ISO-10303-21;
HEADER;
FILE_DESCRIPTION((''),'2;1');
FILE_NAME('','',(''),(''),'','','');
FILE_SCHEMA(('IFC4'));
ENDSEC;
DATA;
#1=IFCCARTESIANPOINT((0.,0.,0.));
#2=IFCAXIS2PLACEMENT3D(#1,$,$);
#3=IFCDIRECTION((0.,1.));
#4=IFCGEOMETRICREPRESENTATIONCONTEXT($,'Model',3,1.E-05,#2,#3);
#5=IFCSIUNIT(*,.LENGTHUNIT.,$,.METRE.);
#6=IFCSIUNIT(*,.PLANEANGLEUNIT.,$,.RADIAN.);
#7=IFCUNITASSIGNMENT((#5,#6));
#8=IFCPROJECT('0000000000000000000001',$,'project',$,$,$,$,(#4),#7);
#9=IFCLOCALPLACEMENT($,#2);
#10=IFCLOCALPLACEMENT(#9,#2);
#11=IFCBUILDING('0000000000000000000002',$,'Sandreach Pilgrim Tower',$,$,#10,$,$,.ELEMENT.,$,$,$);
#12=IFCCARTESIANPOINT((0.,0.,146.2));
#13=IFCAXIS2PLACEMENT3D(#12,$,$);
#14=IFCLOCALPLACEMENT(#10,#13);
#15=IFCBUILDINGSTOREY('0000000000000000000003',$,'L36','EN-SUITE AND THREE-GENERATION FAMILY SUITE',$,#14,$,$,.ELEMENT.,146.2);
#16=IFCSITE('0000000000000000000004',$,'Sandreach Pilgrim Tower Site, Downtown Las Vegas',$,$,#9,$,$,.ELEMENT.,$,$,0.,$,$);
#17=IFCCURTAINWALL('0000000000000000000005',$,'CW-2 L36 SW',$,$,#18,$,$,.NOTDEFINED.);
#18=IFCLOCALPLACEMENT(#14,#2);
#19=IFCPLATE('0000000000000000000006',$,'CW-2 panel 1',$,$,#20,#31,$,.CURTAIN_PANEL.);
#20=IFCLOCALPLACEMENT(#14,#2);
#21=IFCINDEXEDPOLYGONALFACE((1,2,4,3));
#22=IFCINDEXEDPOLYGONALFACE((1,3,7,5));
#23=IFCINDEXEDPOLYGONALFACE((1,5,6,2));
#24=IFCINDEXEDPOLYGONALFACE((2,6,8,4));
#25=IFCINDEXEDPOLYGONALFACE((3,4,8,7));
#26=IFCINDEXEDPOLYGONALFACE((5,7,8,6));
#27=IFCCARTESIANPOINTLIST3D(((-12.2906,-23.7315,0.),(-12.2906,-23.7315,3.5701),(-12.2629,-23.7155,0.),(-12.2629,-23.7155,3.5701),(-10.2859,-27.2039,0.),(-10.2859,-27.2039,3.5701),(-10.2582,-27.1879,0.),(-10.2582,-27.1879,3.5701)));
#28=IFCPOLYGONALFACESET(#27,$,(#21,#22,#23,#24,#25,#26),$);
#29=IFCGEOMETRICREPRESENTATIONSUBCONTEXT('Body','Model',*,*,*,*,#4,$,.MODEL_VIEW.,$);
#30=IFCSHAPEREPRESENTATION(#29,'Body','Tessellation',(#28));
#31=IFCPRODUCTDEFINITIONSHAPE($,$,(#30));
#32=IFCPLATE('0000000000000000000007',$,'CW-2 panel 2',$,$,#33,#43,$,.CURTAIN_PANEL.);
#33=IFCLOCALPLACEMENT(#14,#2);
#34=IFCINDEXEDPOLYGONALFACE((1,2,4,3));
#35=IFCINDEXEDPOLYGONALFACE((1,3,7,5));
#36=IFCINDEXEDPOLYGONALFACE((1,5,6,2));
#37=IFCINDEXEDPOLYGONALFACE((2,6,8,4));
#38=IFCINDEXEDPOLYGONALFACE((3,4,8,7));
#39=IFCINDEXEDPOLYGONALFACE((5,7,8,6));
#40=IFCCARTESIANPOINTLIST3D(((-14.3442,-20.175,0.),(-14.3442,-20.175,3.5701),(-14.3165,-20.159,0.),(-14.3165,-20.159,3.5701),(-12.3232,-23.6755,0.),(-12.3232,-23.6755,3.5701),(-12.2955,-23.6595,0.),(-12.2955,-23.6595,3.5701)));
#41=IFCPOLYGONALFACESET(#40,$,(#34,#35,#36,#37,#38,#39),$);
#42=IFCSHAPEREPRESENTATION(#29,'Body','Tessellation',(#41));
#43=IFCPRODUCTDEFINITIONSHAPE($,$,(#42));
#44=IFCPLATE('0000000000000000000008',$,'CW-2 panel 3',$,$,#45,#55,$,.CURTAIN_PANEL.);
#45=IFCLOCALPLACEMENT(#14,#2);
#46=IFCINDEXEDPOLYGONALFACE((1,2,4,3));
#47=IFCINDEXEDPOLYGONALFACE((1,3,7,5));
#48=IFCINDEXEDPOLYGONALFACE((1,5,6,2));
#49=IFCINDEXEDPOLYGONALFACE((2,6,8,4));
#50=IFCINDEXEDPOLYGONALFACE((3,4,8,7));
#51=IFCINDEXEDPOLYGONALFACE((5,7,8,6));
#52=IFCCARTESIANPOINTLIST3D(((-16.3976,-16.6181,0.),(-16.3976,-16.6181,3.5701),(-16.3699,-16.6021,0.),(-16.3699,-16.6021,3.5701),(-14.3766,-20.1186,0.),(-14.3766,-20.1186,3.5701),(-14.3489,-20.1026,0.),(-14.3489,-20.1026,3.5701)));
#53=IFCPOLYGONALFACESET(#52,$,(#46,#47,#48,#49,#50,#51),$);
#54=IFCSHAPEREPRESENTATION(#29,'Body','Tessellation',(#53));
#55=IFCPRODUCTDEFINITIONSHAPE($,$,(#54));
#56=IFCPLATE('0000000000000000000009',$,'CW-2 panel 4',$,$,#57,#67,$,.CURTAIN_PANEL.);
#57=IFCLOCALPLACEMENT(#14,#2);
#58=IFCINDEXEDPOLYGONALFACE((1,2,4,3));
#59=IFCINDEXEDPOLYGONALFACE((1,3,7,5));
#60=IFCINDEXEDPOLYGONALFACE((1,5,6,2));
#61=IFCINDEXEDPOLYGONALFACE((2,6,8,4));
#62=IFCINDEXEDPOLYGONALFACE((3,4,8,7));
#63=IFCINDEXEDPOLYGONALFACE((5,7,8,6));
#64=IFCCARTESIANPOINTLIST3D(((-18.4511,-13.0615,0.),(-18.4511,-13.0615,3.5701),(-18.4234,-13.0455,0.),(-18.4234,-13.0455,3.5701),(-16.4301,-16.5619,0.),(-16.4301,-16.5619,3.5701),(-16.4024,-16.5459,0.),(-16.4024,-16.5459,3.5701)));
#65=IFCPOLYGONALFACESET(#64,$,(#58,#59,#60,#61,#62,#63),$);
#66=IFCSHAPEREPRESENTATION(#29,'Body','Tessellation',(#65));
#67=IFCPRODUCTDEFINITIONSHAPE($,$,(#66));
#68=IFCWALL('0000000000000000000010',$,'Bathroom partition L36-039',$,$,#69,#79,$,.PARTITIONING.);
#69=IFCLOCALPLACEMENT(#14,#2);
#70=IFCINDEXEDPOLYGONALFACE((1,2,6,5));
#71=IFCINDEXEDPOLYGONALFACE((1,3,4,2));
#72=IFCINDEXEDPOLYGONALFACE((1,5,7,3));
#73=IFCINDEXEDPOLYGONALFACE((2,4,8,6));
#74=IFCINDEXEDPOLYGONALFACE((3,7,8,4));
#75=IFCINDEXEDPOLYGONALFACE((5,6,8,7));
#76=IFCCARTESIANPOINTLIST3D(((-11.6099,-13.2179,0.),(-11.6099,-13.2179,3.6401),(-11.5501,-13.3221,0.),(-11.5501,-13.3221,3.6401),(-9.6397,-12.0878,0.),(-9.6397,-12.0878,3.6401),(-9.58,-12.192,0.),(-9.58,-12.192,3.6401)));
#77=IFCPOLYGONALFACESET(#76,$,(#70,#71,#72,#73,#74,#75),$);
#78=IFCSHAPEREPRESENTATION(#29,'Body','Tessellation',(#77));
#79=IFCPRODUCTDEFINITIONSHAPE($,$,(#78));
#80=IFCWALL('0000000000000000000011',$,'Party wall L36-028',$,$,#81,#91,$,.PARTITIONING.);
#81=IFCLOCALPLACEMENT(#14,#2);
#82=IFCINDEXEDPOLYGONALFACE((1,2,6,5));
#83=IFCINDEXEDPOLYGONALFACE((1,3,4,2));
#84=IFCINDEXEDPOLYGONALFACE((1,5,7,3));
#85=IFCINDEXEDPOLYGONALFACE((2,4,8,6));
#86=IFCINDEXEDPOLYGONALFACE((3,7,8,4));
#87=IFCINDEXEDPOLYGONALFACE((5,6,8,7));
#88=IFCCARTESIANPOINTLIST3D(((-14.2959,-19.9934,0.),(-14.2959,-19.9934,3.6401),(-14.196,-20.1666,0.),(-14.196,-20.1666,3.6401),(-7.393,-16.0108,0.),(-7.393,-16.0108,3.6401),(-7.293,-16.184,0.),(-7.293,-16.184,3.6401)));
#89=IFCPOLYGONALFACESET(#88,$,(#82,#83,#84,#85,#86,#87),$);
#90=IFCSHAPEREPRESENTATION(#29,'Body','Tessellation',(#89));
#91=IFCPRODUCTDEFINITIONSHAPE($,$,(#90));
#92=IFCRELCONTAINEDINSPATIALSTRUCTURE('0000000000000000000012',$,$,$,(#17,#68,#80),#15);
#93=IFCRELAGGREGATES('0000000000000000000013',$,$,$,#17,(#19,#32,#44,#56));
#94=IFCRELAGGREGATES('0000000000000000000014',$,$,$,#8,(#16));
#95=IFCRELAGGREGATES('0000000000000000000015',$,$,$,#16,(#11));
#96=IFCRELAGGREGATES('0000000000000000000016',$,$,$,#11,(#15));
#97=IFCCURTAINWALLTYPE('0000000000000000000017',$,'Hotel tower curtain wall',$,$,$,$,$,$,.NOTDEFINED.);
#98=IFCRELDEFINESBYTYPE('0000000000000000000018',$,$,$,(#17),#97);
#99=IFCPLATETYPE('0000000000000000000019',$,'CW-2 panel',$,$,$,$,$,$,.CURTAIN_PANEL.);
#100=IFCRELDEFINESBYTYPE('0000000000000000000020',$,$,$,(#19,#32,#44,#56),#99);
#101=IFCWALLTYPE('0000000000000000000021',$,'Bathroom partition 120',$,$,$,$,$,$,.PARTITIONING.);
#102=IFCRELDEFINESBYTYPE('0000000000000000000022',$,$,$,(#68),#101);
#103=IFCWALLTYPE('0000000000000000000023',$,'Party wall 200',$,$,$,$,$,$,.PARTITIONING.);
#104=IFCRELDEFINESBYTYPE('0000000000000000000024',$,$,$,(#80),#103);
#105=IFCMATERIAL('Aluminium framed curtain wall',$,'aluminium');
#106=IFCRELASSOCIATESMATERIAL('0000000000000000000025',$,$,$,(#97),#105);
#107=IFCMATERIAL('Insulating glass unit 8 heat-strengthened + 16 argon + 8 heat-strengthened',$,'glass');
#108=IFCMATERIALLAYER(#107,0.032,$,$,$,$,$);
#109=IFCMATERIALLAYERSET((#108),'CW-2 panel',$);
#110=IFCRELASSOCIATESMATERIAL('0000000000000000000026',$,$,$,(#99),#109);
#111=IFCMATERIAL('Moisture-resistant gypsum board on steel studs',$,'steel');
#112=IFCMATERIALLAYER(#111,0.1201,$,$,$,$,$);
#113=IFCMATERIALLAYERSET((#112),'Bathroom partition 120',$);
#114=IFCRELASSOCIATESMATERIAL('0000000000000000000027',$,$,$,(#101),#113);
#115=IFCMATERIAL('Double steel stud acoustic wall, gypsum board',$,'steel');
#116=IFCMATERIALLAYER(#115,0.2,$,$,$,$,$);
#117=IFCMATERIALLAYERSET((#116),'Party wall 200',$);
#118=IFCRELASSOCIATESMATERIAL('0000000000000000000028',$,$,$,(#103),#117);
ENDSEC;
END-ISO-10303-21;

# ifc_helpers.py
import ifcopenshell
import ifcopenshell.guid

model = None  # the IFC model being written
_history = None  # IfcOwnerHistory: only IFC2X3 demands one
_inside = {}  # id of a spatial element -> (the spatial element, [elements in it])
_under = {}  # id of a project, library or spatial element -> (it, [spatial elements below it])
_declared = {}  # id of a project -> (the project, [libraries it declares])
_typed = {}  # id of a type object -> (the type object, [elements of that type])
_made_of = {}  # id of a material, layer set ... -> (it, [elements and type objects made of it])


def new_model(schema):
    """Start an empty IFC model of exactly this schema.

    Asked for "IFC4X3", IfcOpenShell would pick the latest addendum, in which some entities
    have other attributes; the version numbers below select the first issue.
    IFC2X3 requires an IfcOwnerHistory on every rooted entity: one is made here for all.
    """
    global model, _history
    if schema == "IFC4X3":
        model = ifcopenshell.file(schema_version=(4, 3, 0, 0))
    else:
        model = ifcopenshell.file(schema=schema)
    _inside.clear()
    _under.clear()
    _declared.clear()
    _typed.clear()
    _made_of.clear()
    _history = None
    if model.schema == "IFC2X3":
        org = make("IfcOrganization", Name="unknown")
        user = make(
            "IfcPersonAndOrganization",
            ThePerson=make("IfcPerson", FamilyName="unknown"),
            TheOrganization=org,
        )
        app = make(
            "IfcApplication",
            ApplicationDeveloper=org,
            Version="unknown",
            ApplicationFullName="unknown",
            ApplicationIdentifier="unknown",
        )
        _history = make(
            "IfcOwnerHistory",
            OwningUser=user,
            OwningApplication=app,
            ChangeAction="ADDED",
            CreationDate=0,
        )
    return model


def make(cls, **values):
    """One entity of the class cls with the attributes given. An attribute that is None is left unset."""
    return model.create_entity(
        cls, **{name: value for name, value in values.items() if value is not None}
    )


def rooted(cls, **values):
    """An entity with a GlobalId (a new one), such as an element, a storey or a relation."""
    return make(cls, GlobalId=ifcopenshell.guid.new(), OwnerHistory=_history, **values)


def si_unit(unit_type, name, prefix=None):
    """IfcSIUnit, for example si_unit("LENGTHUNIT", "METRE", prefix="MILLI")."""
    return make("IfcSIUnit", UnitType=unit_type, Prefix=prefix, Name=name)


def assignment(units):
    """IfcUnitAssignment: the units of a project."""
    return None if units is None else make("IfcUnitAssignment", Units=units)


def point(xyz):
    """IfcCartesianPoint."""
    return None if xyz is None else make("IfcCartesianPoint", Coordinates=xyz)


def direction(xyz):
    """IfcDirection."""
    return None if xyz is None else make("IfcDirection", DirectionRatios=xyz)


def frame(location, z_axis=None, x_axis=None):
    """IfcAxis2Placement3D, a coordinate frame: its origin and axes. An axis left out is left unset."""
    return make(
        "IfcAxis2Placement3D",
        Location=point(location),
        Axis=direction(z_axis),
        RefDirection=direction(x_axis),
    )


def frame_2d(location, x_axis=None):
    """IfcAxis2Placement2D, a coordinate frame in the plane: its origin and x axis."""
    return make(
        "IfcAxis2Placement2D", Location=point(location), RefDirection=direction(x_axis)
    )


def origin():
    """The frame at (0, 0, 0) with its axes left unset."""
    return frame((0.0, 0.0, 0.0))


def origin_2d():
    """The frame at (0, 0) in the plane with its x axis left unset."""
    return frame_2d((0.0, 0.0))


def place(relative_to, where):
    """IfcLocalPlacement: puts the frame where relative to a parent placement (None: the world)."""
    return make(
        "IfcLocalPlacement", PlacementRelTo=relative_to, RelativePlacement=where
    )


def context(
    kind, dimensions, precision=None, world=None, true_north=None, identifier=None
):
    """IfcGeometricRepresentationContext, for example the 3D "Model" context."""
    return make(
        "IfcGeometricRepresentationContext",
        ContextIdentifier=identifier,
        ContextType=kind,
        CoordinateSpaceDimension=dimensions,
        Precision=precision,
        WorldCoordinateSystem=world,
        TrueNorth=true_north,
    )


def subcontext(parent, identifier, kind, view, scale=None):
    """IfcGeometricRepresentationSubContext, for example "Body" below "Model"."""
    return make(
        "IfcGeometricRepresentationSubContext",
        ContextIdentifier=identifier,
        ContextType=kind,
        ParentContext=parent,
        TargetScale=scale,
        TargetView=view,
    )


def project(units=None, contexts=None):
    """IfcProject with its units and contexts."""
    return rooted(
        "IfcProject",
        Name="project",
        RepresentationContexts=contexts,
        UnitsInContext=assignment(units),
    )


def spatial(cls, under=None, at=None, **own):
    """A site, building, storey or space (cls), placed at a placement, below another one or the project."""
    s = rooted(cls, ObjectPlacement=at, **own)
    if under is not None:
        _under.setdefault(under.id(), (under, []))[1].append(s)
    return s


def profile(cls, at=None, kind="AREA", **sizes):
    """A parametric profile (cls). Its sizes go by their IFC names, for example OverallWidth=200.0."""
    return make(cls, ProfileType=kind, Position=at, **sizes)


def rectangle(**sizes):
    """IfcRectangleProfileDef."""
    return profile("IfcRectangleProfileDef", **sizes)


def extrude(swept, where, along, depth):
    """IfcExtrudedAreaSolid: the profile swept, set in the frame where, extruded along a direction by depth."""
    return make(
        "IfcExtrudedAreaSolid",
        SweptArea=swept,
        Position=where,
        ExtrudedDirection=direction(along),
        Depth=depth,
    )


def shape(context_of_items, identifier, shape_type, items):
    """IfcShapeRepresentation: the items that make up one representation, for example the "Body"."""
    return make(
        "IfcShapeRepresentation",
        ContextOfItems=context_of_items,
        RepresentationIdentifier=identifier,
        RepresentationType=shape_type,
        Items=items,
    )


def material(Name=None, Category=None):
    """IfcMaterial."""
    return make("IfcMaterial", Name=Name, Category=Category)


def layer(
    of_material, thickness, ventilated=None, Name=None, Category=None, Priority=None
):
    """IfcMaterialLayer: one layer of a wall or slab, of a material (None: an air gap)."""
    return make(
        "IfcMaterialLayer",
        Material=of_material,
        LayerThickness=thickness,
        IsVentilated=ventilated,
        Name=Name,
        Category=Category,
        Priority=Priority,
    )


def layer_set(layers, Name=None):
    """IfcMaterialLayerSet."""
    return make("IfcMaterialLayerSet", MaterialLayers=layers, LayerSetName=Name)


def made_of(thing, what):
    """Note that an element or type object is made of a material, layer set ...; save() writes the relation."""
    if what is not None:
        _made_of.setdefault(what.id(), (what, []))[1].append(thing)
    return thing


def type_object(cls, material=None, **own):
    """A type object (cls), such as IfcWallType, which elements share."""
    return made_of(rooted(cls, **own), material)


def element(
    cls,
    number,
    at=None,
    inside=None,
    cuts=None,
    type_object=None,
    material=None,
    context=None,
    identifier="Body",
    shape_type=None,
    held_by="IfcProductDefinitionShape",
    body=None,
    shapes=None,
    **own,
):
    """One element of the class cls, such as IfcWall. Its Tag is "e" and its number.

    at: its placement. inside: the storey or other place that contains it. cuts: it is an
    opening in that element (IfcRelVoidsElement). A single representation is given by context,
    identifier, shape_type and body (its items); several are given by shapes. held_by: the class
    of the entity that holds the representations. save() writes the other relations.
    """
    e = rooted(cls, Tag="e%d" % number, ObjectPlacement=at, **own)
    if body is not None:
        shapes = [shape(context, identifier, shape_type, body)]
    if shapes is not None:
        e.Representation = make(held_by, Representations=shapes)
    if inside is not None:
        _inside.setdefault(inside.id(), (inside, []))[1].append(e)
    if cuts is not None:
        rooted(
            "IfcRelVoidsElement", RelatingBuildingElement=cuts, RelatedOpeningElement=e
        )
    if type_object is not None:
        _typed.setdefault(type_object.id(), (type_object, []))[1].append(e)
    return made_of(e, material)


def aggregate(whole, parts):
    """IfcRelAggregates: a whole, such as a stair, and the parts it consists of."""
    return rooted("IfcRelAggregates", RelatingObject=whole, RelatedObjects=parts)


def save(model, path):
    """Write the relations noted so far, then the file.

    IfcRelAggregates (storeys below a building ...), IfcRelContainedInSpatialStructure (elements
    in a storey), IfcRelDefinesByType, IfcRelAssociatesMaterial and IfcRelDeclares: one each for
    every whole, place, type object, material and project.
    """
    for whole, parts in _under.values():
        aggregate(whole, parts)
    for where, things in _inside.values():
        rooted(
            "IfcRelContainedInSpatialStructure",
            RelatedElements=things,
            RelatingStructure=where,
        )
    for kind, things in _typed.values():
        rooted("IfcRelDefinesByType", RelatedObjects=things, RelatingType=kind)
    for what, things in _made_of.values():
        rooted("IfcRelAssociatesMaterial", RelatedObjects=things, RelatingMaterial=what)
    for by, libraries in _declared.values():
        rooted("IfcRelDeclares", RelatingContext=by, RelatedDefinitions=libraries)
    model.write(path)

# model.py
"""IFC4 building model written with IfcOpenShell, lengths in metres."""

from ifc_helpers import new_model, si_unit, direction, frame, frame_2d, origin, origin_2d, place, context, subcontext, project, spatial, rectangle, extrude, material, layer, layer_set, type_object, element, aggregate, save


model = new_model("IFC4")

# Units and contexts
model_context = context("Model", 3, precision=1e-05, world=origin(), true_north=direction((0.0, 1.0)))
body_context = subcontext(model_context, "Body", "Model", "MODEL_VIEW")
ifc_project = project(units=[si_unit("LENGTHUNIT", "METRE"), si_unit("PLANEANGLEUNIT", "RADIAN")], contexts=[model_context])

# Site, building, storey
site_placement = place(None, origin())
site = spatial("IfcSite", under=ifc_project, at=site_placement, Name="Sandreach Pilgrim Tower Site, Downtown Las Vegas", CompositionType="ELEMENT", RefElevation=0.0)
building_placement = place(site_placement, origin())
building = spatial("IfcBuilding", under=site, at=building_placement, Name="Sandreach Pilgrim Tower", CompositionType="ELEMENT")
storey_placement = place(building_placement, frame((0.0, 0.0, 146.2)))
storey = spatial("IfcBuildingStorey", under=building, at=storey_placement, Name="L36", Description="EN-SUITE AND THREE-GENERATION FAMILY SUITE", CompositionType="ELEMENT", Elevation=146.2)

# Curtain wall
ifc_material_1 = material(Name="Aluminium framed curtain wall", Category="aluminium")
curtain_wall_type = type_object("IfcCurtainWallType", Name="Hotel tower curtain wall", PredefinedType="NOTDEFINED", material=ifc_material_1)
curtain_wall_placement = place(storey_placement, origin())
curtain_wall = element("IfcCurtainWall", 1, at=curtain_wall_placement, inside=storey, type_object=curtain_wall_type, Name="CW-2 L36 SW", PredefinedType="NOTDEFINED")

# Plates
ifc_material_2 = material(Name="Insulating glass unit 8 heat-strengthened + 16 argon + 8 heat-strengthened", Category="glass")
ifc_layer_1 = layer(ifc_material_2, 0.032)
ifc_layer_set_1 = layer_set([ifc_layer_1], Name="CW-2 panel")
plate_type = type_object("IfcPlateType", Name="CW-2 panel", PredefinedType="CURTAIN_PANEL", material=ifc_layer_set_1)
plate_1_placement = place(storey_placement, frame((-11.2744, -25.4597, 0.0), z_axis=(0.0, 0.0, 1.0), x_axis=(-0.5, 0.866025, 0.0)))
plate_1 = element("IfcPlate", 2, at=plate_1_placement, type_object=plate_type, Name="CW-2 panel 1", PredefinedType="CURTAIN_PANEL", context=body_context, shape_type="SweptSolid", body=[
    extrude(rectangle(XDim=4.0095, YDim=0.032, at=origin_2d()), origin(), (0.0, 0.0, 1.0), 3.5701),
])
plate_2_placement = place(storey_placement, frame((-13.3198, -21.9172, 0.0), z_axis=(0.0, 0.0, 1.0), x_axis=(-0.5, 0.866025, 0.0)))
plate_2 = element("IfcPlate", 3, at=plate_2_placement, type_object=plate_type, Name="CW-2 panel 2", PredefinedType="CURTAIN_PANEL", context=body_context, shape_type="SweptSolid", body=[
    extrude(rectangle(XDim=4.042, YDim=0.032, at=origin_2d()), origin(), (0.0, 0.0, 1.0), 3.5701),
])
plate_3_placement = place(storey_placement, frame((-15.3733, -18.3604, 0.0), z_axis=(0.0, 0.0, 1.0), x_axis=(-0.5, 0.866025, 0.0)))
plate_3 = element("IfcPlate", 4, at=plate_3_placement, type_object=plate_type, Name="CW-2 panel 3", PredefinedType="CURTAIN_PANEL", context=body_context, shape_type="SweptSolid", body=[
    extrude(rectangle(XDim=4.042, YDim=0.032, at=origin_2d()), origin(), (0.0, 0.0, 1.0), 3.5701),
])
plate_4_placement = place(storey_placement, frame((-17.4268, -14.8037, 0.0), z_axis=(0.0, 0.0, 1.0), x_axis=(-0.5, 0.866025, 0.0)))
plate_4 = element("IfcPlate", 5, at=plate_4_placement, type_object=plate_type, Name="CW-2 panel 4", PredefinedType="CURTAIN_PANEL", context=body_context, shape_type="SweptSolid", body=[
    extrude(rectangle(XDim=4.042, YDim=0.032, at=origin_2d()), origin(), (0.0, 0.0, 1.0), 3.5701),
])
aggregate(curtain_wall, [plate_1, plate_2, plate_3, plate_4])

# Wall
ifc_material_3 = material(Name="Moisture-resistant gypsum board on steel studs", Category="steel")
ifc_layer_2 = layer(ifc_material_3, 0.1201)
ifc_layer_set_2 = layer_set([ifc_layer_2], Name="Bathroom partition 120")
wall_type_1 = type_object("IfcWallType", Name="Bathroom partition 120", PredefinedType="PARTITIONING", material=ifc_layer_set_2)
wall_1_placement = place(storey_placement, frame((-11.5801, -13.27, 0.0), z_axis=(0.0, 0.0, 1.0), x_axis=(0.867428, 0.497562, 0.0)))
element("IfcWall", 6, at=wall_1_placement, inside=storey, type_object=wall_type_1, Name="Bathroom partition L36-039", PredefinedType="PARTITIONING", context=body_context, shape_type="SweptSolid", body=[
    extrude(rectangle(XDim=2.2712, YDim=0.1201, at=frame_2d((1.1357, 0.0))), origin(), (0.0, 0.0, 1.0), 3.6401),
])

# Wall
ifc_material_4 = material(Name="Double steel stud acoustic wall, gypsum board", Category="steel")
ifc_layer_3 = layer(ifc_material_4, 0.2)
ifc_layer_set_3 = layer_set([ifc_layer_3], Name="Party wall 200")
wall_type_2 = type_object("IfcWallType", Name="Party wall 200", PredefinedType="PARTITIONING", material=ifc_layer_set_3)
wall_2_placement = place(storey_placement, frame((-14.2461, -20.0801, 0.0), z_axis=(0.0, 0.0, 1.0), x_axis=(0.866179, 0.499734, 0.0)))
element("IfcWall", 7, at=wall_2_placement, inside=storey, type_object=wall_type_2, Name="Party wall L36-028", PredefinedType="PARTITIONING", context=body_context, shape_type="SweptSolid", body=[
    extrude(rectangle(XDim=7.9695, YDim=0.2, at=frame_2d((3.9849, 0.0))), origin(), (0.0, 0.0, 1.0), 3.6401),
])

save(model, "model.ifc")
